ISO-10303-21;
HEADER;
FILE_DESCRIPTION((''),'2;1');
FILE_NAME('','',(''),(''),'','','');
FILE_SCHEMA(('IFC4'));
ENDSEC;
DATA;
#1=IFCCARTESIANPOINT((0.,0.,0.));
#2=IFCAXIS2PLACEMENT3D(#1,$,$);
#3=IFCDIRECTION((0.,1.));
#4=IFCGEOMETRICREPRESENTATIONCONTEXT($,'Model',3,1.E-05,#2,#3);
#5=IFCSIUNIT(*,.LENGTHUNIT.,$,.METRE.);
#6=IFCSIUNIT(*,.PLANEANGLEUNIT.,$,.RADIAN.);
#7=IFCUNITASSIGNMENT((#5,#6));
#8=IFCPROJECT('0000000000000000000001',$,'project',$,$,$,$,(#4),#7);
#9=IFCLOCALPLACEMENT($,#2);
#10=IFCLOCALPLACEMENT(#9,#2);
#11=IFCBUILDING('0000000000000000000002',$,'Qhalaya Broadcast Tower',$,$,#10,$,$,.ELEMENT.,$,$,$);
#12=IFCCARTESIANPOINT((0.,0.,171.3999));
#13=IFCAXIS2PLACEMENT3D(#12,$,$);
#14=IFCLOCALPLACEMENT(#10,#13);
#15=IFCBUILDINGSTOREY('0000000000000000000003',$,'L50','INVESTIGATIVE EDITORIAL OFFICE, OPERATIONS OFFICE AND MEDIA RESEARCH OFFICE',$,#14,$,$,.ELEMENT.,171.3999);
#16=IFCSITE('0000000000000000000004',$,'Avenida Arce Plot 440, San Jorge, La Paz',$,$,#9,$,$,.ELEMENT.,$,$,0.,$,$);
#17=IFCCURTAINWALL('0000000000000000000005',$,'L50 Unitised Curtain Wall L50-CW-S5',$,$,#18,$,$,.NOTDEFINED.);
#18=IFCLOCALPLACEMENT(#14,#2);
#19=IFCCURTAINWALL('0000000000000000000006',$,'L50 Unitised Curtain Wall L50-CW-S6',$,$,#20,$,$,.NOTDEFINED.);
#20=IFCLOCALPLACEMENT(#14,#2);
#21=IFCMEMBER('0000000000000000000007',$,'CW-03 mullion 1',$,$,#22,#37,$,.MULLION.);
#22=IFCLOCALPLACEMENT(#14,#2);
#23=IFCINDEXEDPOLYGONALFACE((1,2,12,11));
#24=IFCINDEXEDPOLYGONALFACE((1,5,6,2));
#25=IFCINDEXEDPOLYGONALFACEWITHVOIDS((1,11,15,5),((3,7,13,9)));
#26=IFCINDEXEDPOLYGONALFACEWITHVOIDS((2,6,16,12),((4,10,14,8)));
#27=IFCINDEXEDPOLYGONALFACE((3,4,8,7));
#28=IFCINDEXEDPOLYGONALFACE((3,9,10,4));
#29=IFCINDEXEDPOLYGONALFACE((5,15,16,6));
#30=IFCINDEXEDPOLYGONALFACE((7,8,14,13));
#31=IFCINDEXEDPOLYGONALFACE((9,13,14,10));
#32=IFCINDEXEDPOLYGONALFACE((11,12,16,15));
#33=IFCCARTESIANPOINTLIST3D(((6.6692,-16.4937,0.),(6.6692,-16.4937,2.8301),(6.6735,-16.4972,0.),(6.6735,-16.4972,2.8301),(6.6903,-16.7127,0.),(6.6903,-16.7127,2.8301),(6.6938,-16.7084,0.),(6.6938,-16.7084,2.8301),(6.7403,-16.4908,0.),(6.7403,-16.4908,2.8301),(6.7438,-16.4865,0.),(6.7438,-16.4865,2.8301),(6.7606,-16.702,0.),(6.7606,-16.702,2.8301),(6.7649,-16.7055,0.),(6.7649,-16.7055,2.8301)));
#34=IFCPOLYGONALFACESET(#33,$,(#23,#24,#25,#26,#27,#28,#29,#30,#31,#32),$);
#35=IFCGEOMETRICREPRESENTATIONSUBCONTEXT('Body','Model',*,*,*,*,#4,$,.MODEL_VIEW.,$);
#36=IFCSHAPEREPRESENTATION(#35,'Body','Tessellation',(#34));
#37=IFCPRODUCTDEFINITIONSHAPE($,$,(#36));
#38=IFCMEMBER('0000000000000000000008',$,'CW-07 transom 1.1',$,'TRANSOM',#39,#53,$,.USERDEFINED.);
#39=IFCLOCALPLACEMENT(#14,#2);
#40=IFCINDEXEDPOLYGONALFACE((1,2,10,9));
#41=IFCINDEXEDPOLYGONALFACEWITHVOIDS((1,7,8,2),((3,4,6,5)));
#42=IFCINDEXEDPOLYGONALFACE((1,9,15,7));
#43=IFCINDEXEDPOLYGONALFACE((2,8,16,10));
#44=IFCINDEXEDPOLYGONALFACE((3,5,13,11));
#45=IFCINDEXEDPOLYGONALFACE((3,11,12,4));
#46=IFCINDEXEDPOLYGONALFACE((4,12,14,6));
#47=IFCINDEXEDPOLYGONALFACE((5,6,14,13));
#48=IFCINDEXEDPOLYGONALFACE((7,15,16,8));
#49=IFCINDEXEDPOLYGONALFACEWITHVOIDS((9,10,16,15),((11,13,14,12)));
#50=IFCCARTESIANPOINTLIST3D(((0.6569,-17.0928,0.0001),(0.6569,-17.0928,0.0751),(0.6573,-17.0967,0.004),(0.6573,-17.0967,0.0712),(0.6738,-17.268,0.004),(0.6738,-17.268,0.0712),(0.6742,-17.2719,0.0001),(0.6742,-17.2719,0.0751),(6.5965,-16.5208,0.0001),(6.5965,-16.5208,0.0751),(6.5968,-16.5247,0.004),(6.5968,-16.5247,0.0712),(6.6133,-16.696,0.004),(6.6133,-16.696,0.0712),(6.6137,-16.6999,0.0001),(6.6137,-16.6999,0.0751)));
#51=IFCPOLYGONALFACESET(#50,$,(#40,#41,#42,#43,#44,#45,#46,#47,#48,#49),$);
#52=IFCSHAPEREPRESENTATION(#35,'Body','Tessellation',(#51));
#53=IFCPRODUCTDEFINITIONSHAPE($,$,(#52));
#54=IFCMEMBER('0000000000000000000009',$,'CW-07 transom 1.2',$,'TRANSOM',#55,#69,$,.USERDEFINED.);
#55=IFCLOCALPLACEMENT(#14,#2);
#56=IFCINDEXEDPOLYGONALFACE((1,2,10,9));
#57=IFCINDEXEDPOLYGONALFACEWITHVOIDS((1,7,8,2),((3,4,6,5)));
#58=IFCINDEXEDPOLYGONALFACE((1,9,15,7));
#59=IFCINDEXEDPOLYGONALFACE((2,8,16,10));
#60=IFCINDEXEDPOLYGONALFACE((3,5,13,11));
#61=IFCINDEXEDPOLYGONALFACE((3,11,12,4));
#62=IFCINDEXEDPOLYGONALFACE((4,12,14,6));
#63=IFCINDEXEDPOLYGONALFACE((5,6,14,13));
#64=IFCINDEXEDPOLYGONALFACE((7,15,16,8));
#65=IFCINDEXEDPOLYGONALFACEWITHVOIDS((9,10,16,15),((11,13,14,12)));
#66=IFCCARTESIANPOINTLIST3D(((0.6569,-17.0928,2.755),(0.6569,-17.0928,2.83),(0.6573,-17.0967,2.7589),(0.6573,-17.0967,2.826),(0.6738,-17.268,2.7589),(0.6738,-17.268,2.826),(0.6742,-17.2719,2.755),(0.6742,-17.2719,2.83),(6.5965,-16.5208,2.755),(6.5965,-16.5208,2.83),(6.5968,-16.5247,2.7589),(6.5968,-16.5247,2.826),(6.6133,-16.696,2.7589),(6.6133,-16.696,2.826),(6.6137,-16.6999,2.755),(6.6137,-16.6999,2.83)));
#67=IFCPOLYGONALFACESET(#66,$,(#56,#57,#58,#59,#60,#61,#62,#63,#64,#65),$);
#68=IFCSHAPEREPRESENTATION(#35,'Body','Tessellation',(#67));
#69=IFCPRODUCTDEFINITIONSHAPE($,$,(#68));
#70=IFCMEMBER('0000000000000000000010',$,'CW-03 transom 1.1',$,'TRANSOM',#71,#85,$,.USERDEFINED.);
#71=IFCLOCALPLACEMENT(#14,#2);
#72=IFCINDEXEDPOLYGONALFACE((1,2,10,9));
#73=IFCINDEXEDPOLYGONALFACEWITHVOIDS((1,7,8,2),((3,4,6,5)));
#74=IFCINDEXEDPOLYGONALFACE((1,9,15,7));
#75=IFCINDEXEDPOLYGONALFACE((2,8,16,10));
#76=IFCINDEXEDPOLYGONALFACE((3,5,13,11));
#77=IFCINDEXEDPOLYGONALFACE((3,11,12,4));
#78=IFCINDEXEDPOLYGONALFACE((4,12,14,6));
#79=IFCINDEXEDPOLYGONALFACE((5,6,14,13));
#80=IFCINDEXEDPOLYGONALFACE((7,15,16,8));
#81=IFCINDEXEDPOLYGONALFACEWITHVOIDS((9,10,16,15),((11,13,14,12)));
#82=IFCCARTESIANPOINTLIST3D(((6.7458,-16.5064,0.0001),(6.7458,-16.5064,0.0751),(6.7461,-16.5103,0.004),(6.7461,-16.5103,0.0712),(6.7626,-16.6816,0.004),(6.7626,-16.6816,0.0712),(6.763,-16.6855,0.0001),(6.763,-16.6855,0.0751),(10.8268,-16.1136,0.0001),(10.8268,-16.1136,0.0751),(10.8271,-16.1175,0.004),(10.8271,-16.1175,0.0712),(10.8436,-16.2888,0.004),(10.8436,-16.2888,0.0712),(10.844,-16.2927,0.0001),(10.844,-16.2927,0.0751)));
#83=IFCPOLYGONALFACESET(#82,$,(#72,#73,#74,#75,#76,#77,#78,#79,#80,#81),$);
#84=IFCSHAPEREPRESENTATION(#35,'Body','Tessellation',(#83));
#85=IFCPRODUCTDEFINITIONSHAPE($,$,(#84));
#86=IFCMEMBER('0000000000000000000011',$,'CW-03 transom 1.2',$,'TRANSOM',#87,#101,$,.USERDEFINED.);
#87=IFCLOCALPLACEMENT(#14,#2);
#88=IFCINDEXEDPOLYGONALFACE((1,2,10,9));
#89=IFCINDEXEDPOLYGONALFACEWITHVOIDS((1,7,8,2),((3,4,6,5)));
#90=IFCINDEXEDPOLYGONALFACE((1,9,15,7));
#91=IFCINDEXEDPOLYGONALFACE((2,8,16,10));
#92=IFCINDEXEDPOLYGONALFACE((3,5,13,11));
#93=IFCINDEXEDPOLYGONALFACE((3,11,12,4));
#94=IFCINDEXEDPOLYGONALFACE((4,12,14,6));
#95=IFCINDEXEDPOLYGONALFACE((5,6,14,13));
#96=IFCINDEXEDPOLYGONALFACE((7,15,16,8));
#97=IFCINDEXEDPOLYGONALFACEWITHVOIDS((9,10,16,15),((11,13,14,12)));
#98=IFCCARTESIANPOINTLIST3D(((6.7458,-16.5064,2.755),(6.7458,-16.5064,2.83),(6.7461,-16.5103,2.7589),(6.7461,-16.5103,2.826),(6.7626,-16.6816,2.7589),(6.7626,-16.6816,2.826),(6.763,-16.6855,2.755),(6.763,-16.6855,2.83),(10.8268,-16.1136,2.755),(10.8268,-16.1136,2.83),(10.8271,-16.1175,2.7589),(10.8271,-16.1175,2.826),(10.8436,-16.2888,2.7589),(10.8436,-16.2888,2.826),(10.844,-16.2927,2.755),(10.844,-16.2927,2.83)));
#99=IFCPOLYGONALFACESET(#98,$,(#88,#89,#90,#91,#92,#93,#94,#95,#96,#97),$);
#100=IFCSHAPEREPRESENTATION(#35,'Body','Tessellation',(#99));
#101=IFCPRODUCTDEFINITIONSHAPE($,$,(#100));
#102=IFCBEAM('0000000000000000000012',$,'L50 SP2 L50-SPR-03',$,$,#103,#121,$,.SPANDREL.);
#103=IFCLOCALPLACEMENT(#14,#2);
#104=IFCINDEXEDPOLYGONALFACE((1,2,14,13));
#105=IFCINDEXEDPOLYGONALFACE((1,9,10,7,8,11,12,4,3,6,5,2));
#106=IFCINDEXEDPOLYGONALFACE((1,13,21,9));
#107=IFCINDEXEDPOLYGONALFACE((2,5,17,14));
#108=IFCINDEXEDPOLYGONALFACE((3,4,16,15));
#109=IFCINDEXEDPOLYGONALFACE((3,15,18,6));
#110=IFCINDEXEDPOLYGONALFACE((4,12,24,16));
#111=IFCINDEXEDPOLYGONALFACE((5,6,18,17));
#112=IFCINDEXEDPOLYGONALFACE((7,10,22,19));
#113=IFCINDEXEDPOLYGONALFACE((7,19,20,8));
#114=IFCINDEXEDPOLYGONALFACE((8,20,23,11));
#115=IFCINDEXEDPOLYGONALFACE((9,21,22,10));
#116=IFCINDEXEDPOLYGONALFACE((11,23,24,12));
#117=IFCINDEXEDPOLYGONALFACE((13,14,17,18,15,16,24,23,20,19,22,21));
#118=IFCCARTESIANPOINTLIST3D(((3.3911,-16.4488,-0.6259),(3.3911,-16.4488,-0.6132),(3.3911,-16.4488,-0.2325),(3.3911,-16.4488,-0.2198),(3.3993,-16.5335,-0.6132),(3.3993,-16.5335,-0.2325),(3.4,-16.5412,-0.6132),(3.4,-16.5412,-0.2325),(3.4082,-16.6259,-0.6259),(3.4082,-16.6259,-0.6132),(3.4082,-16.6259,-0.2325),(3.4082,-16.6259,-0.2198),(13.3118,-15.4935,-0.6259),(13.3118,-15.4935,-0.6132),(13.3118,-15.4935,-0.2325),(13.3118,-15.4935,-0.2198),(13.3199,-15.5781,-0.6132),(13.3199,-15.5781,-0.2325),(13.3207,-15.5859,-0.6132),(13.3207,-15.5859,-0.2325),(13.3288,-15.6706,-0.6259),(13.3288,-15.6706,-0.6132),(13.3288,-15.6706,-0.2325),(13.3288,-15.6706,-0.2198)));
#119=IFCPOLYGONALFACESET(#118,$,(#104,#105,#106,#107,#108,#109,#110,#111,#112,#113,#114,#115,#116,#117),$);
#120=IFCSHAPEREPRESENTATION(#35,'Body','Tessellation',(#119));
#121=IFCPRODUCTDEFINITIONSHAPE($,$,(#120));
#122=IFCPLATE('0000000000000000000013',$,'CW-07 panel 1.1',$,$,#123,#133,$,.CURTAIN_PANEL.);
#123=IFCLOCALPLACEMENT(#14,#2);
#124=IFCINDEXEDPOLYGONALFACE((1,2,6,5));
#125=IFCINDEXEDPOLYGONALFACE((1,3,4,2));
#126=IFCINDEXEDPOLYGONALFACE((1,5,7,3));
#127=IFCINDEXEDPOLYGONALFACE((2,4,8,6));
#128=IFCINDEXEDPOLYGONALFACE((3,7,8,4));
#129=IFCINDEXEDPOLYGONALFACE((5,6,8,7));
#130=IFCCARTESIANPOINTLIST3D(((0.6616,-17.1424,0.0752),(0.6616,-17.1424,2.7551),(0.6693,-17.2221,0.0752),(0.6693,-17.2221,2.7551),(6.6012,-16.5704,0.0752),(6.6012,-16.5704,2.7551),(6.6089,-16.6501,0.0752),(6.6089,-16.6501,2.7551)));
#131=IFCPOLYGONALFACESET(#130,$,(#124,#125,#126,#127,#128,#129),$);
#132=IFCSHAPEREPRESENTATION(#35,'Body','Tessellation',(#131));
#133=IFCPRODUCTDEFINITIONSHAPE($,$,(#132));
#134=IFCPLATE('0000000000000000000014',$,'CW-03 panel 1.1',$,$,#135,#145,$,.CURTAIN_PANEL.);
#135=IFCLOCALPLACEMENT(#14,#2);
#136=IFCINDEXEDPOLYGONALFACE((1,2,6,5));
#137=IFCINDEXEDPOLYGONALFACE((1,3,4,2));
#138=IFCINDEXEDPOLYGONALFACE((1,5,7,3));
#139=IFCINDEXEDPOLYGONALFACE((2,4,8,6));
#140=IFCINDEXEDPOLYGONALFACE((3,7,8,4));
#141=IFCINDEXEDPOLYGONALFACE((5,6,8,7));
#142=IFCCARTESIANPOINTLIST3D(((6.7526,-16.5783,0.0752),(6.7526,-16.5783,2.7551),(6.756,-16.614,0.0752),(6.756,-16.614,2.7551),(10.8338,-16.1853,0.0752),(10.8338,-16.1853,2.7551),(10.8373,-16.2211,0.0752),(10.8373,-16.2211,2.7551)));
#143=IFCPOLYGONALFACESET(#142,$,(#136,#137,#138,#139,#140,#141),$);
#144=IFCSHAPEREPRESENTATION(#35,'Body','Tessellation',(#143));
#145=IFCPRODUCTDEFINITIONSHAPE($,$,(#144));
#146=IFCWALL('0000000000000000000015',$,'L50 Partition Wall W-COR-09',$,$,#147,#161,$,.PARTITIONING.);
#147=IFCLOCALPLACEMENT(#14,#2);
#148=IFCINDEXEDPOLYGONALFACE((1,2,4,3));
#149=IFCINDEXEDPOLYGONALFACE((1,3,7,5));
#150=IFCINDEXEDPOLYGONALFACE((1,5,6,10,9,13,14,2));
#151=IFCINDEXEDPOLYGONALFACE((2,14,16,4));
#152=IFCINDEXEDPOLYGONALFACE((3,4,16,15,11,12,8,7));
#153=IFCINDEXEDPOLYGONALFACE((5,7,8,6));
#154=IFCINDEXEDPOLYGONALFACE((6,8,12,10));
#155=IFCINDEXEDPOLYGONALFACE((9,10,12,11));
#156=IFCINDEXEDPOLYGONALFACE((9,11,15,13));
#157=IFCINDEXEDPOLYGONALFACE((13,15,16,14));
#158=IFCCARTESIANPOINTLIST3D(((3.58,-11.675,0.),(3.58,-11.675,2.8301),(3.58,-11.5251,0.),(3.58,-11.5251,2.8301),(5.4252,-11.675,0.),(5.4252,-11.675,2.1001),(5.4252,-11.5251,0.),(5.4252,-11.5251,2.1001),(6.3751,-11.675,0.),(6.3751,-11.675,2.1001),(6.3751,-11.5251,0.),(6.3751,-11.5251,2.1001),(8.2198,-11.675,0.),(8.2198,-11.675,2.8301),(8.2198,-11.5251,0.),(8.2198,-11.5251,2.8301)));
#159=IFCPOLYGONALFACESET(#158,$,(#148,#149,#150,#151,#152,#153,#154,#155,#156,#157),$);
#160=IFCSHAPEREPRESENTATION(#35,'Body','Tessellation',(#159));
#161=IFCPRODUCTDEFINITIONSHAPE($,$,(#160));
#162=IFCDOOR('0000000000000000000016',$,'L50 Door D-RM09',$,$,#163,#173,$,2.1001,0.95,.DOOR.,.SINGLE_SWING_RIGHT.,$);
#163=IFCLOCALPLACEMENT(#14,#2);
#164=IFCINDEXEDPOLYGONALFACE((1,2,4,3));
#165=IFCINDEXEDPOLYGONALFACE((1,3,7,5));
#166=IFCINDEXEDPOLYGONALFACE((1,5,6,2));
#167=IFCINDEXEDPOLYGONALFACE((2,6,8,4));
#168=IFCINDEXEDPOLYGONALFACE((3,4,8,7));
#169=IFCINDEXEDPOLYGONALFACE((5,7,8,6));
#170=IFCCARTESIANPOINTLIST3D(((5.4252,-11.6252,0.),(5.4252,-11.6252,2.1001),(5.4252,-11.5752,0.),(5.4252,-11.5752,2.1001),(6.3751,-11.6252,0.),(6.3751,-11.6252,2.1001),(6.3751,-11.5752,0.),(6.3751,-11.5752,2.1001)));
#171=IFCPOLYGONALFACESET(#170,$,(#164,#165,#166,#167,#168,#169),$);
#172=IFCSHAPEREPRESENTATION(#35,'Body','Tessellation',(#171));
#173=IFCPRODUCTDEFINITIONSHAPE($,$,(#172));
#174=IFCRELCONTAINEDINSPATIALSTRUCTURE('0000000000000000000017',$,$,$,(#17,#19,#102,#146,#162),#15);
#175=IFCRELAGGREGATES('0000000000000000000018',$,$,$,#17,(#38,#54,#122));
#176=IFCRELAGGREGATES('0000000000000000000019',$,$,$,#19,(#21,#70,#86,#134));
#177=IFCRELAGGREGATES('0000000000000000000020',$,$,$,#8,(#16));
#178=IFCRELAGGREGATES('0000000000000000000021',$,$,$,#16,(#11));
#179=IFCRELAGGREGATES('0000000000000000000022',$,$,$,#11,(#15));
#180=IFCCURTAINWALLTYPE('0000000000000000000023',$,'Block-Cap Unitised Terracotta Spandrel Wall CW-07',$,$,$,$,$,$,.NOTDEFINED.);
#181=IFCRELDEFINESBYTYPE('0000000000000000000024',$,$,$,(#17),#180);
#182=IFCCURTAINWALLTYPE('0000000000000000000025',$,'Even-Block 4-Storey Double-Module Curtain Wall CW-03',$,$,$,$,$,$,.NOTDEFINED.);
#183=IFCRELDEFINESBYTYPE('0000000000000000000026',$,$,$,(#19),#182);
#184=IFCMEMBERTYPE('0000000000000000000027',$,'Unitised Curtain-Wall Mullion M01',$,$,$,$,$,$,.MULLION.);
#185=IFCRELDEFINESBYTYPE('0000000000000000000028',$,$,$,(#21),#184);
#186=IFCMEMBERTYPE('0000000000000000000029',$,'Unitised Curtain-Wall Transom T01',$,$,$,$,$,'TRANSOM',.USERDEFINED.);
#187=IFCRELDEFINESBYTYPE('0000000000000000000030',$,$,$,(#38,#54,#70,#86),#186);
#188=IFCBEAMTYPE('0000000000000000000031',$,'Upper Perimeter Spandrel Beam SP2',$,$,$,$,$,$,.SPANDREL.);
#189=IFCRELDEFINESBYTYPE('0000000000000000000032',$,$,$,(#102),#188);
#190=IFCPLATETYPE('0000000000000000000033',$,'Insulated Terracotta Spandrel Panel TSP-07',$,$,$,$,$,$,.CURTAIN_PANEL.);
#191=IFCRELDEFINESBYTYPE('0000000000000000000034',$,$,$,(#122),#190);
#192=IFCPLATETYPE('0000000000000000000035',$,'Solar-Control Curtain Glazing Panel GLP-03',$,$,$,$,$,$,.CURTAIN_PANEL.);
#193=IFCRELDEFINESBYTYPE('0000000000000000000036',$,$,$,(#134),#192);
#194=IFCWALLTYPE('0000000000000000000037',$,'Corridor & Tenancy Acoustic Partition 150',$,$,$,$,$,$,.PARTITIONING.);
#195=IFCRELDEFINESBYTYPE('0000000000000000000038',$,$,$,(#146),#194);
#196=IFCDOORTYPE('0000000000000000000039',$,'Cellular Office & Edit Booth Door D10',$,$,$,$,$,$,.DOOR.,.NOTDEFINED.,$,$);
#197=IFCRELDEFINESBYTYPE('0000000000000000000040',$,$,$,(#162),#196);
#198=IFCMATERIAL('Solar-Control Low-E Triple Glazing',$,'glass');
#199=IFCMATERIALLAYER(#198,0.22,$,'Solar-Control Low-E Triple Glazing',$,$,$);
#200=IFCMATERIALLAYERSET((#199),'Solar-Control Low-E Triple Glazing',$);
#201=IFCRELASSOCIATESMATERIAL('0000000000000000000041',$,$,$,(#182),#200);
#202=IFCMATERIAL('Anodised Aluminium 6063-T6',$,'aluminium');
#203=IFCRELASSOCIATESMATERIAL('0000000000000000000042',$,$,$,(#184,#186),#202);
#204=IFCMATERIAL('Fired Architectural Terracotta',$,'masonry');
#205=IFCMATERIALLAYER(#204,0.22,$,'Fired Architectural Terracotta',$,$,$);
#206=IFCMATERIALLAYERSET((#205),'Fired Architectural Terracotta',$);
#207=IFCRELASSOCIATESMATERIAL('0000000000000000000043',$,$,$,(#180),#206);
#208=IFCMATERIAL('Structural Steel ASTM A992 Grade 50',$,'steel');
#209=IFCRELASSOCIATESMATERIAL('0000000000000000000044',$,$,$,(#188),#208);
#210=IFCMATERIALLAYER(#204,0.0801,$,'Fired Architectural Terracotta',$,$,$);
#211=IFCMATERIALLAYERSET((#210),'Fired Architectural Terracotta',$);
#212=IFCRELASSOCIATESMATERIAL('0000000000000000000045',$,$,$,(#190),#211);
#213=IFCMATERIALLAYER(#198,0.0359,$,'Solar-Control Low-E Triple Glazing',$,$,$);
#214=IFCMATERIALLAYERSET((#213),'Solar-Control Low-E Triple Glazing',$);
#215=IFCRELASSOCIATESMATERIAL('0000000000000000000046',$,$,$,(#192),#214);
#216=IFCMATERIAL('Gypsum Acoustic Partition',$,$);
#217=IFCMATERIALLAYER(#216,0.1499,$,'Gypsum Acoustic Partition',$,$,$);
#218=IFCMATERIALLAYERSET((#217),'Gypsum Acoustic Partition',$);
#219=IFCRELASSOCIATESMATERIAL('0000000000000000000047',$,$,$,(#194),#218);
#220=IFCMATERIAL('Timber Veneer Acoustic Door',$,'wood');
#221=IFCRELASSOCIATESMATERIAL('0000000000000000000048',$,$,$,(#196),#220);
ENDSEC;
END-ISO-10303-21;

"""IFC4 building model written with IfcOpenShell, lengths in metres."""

from ifc_helpers import new_model, si_unit, direction, frame, frame_2d, origin, origin_2d, place, context, subcontext, project, spatial, rectangle, hollow_rectangle, i_section, extrude, material, layer, layer_set, material_profile, profile_set, type_object, element, fill, aggregate, save


model = new_model("IFC4")

# Units and contexts
model_context = context("Model", 3, precision=1e-05, world=origin(), true_north=direction((0.0, 1.0)))
body_context = subcontext(model_context, "Body", "Model", "MODEL_VIEW")
ifc_project = project(units=[si_unit("LENGTHUNIT", "METRE"), si_unit("PLANEANGLEUNIT", "RADIAN")], contexts=[model_context])

# Site, building, storey
site_placement = place(None, origin())
site = spatial("IfcSite", under=ifc_project, at=site_placement, Name="Avenida Arce Plot 440, San Jorge, La Paz", CompositionType="ELEMENT", RefElevation=0.0)
building_placement = place(site_placement, origin())
building = spatial("IfcBuilding", under=site, at=building_placement, Name="Qhalaya Broadcast Tower", CompositionType="ELEMENT")
storey_placement = place(building_placement, frame((0.0, 0.0, 171.3999)))
storey = spatial("IfcBuildingStorey", under=building, at=storey_placement, Name="L50", Description="INVESTIGATIVE EDITORIAL OFFICE, OPERATIONS OFFICE AND MEDIA RESEARCH OFFICE", CompositionType="ELEMENT", Elevation=171.3999)

# Shared definitions
ifc_material_1 = material(Name="Structural Steel ASTM A992 Grade 50", Category="steel")

# Shared definitions
ifc_material_2 = material(Name="Solar-Control Low-E Triple Glazing", Category="glass")
ifc_layer_1 = layer(ifc_material_2, 0.22, Name="Solar-Control Low-E Triple Glazing")
ifc_layer_set_1 = layer_set([ifc_layer_1], Name="Solar-Control Low-E Triple Glazing")
curtain_wall_type_1 = type_object("IfcCurtainWallType", Name="Even-Block 4-Storey Double-Module Curtain Wall CW-03", PredefinedType="NOTDEFINED", material=ifc_layer_set_1)
ifc_material_3 = material(Name="Anodised Aluminium 6063-T6", Category="aluminium")
ifc_material_profile_1 = material_profile(ifc_material_3, hollow_rectangle(XDim=0.075, YDim=0.22, WallThickness=0.0039, at=origin_2d()), Name="ALU-MUL 75x220x4")
ifc_profile_set_1 = profile_set([ifc_material_profile_1], Name="Anodised Aluminium 6063-T6")
member_type_1 = type_object("IfcMemberType", Name="Unitised Curtain-Wall Mullion M01", PredefinedType="MULLION", material=ifc_profile_set_1)

# Curtain wall
ifc_material_4 = material(Name="Fired Architectural Terracotta", Category="masonry")
ifc_layer_2 = layer(ifc_material_4, 0.22, Name="Fired Architectural Terracotta")
ifc_layer_set_2 = layer_set([ifc_layer_2], Name="Fired Architectural Terracotta")
curtain_wall_type_2 = type_object("IfcCurtainWallType", Name="Block-Cap Unitised Terracotta Spandrel Wall CW-07", PredefinedType="NOTDEFINED", material=ifc_layer_set_2)
curtain_wall_1_placement = place(storey_placement, origin())
curtain_wall_1 = element("IfcCurtainWall", 1, at=curtain_wall_1_placement, inside=storey, type_object=curtain_wall_type_2, Name="L50 Unitised Curtain Wall L50-CW-S5", PredefinedType="NOTDEFINED")

# Curtain wall, member
curtain_wall_2_placement = place(storey_placement, origin())
curtain_wall_2 = element("IfcCurtainWall", 2, at=curtain_wall_2_placement, inside=storey, type_object=curtain_wall_type_1, Name="L50 Unitised Curtain Wall L50-CW-S6", PredefinedType="NOTDEFINED")
member_1_placement = place(storey_placement, frame((6.717, -16.5996, 0.0), z_axis=(0.0, 0.0, 1.0), x_axis=(0.995397, 0.095834, 0.0)))
member_1 = element("IfcMember", 3, at=member_1_placement, type_object=member_type_1, Name="CW-03 mullion 1", PredefinedType="MULLION", context=body_context, shape_type="SweptSolid", body=[
    extrude(hollow_rectangle(XDim=0.075, YDim=0.22, WallThickness=0.0039, at=origin_2d()), origin(), (0.0, 0.0, 1.0), 2.8301),
])

# Members
ifc_material_profile_2 = material_profile(ifc_material_3, hollow_rectangle(XDim=0.075, YDim=0.1799, WallThickness=0.0039, at=origin_2d()), Name="ALU-TRN 75x180x4")
ifc_profile_set_2 = profile_set([ifc_material_profile_2], Name="Anodised Aluminium 6063-T6")
member_type_2 = type_object("IfcMemberType", Name="Unitised Curtain-Wall Transom T01", ElementType="TRANSOM", PredefinedType="USERDEFINED", material=ifc_profile_set_2)
member_2_placement = place(storey_placement, frame((0.6655, -17.1824, 0.0376), z_axis=(0.995394, 0.095865, 0.0), x_axis=(0.0, 0.0, 1.0)))
member_2 = element("IfcMember", 4, at=member_2_placement, type_object=member_type_2, Name="CW-07 transom 1.1", ObjectType="TRANSOM", PredefinedType="USERDEFINED", context=body_context, shape_type="SweptSolid", body=[
    extrude(hollow_rectangle(XDim=0.075, YDim=0.1799, WallThickness=0.0039, at=origin_2d()), origin(), (0.0, 0.0, 1.0), 5.967),
])
member_3_placement = place(storey_placement, frame((0.6655, -17.1824, 2.7925), z_axis=(0.995394, 0.095865, 0.0), x_axis=(0.0, 0.0, 1.0)))
member_3 = element("IfcMember", 5, at=member_3_placement, type_object=member_type_2, Name="CW-07 transom 1.2", ObjectType="TRANSOM", PredefinedType="USERDEFINED", context=body_context, shape_type="SweptSolid", body=[
    extrude(hollow_rectangle(XDim=0.075, YDim=0.1799, WallThickness=0.0039, at=origin_2d()), origin(), (0.0, 0.0, 1.0), 5.967),
])
member_4_placement = place(storey_placement, frame((6.7544, -16.5959, 0.0376), z_axis=(0.995399, 0.095812, 0.0), x_axis=(0.0, 0.0, 1.0)))
member_4 = element("IfcMember", 6, at=member_4_placement, type_object=member_type_2, Name="CW-03 transom 1.1", ObjectType="TRANSOM", PredefinedType="USERDEFINED", context=body_context, shape_type="SweptSolid", body=[
    extrude(hollow_rectangle(XDim=0.075, YDim=0.1799, WallThickness=0.0039, at=origin_2d()), origin(), (0.0, 0.0, 1.0), 4.0999),
])
member_5_placement = place(storey_placement, frame((6.7544, -16.5959, 2.7925), z_axis=(0.995399, 0.095812, 0.0), x_axis=(0.0, 0.0, 1.0)))
member_5 = element("IfcMember", 7, at=member_5_placement, type_object=member_type_2, Name="CW-03 transom 1.2", ObjectType="TRANSOM", PredefinedType="USERDEFINED", context=body_context, shape_type="SweptSolid", body=[
    extrude(hollow_rectangle(XDim=0.075, YDim=0.1799, WallThickness=0.0039, at=origin_2d()), origin(), (0.0, 0.0, 1.0), 4.0999),
])

# Beam
ifc_material_profile_3 = material_profile(ifc_material_1, i_section(OverallWidth=0.178, OverallDepth=0.406, WebThickness=0.0078, FlangeThickness=0.0127, at=origin_2d()), Name="W16X40")
ifc_profile_set_3 = profile_set([ifc_material_profile_3], Name="Structural Steel ASTM A992 Grade 50")
beam_type_1 = type_object("IfcBeamType", Name="Upper Perimeter Spandrel Beam SP2", PredefinedType="SPANDREL", material=ifc_profile_set_3)
beam_1_placement = place(storey_placement, frame((3.3997, -16.5374, -0.4229), z_axis=(0.995396, 0.095853, 0.0), x_axis=(-0.095853, 0.995396, 0.0)))
element("IfcBeam", 8, at=beam_1_placement, inside=storey, type_object=beam_type_1, Name="L50 SP2 L50-SPR-03", PredefinedType="SPANDREL", context=body_context, shape_type="SweptSolid", body=[
    extrude(i_section(OverallWidth=0.178, OverallDepth=0.406, WebThickness=0.0078, FlangeThickness=0.0127, at=origin_2d()), origin(), (0.0, 0.0, 1.0), 9.9666),
])

# Plates
ifc_layer_3 = layer(ifc_material_4, 0.0801, Name="Fired Architectural Terracotta")
ifc_layer_set_3 = layer_set([ifc_layer_3], Name="Fired Architectural Terracotta")
plate_type_1 = type_object("IfcPlateType", Name="Insulated Terracotta Spandrel Panel TSP-07", PredefinedType="CURTAIN_PANEL", material=ifc_layer_set_3)
plate_1_placement = place(storey_placement, frame((3.6353, -16.8962, 0.0752), z_axis=(0.0, 0.0, 1.0), x_axis=(0.995396, 0.095848, 0.0)))
plate_1 = element("IfcPlate", 9, at=plate_1_placement, type_object=plate_type_1, Name="CW-07 panel 1.1", PredefinedType="CURTAIN_PANEL", context=body_context, shape_type="SweptSolid", body=[
    extrude(rectangle(XDim=5.967, YDim=0.0801, at=origin_2d()), origin(), (0.0, 0.0, 1.0), 2.6799),
])
aggregate(curtain_wall_1, [member_2, member_3, plate_1])
ifc_layer_4 = layer(ifc_material_2, 0.0359, Name="Solar-Control Low-E Triple Glazing")
ifc_layer_set_4 = layer_set([ifc_layer_4], Name="Solar-Control Low-E Triple Glazing")
plate_type_2 = type_object("IfcPlateType", Name="Solar-Control Curtain Glazing Panel GLP-03", PredefinedType="CURTAIN_PANEL", material=ifc_layer_set_4)
plate_2_placement = place(storey_placement, frame((8.7949, -16.3997, 0.0752), z_axis=(0.0, 0.0, 1.0), x_axis=(0.995397, 0.095834, 0.0)))
plate_2 = element("IfcPlate", 10, at=plate_2_placement, type_object=plate_type_2, Name="CW-03 panel 1.1", PredefinedType="CURTAIN_PANEL", context=body_context, shape_type="SweptSolid", body=[
    extrude(rectangle(XDim=4.1001, YDim=0.0359, at=origin_2d()), origin(), (0.0, 0.0, 1.0), 2.6799),
])
aggregate(curtain_wall_2, [member_1, member_4, member_5, plate_2])

# Wall, opening, door
ifc_material_5 = material(Name="Gypsum Acoustic Partition")
ifc_layer_5 = layer(ifc_material_5, 0.1499, Name="Gypsum Acoustic Partition")
ifc_layer_set_5 = layer_set([ifc_layer_5], Name="Gypsum Acoustic Partition")
wall_type_1 = type_object("IfcWallType", Name="Corridor & Tenancy Acoustic Partition 150", PredefinedType="PARTITIONING", material=ifc_layer_set_5)
wall_1_placement = place(storey_placement, frame((3.5801, -11.6001, 0.0), z_axis=(0.0, 0.0, 1.0), x_axis=(1.0, 0.0, 0.0)))
wall_1 = element("IfcWall", 11, at=wall_1_placement, inside=storey, type_object=wall_type_1, Name="L50 Partition Wall W-COR-09", PredefinedType="PARTITIONING", context=body_context, shape_type="SweptSolid", body=[
    extrude(rectangle(XDim=4.6399, YDim=0.1499, at=frame_2d((2.3198, 0.0))), origin(), (0.0, 0.0, 1.0), 2.8301),
])
opening_placement = place(wall_1_placement, frame((1.845, 0.0, 0.0)))
opening = element("IfcOpeningElement", 12, at=opening_placement, cuts=wall_1, PredefinedType="OPENING", context=body_context, shape_type="SweptSolid", body=[
    extrude(rectangle(XDim=0.95, YDim=2.1001, at=frame_2d((0.4751, 1.05))), frame((0.0, 0.0869, 0.0), z_axis=(0.0, -1.0, 0.0), x_axis=(1.0, 0.0, 0.0)), (0.0, 0.0, 1.0), 0.1738),
])
ifc_material_6 = material(Name="Timber Veneer Acoustic Door", Category="wood")
door_type = type_object("IfcDoorType", Name="Cellular Office & Edit Booth Door D10", OperationType="NOTDEFINED", PredefinedType="DOOR", material=ifc_material_6)
door_placement = place(opening_placement, origin())
door = element("IfcDoor", 13, at=door_placement, inside=storey, type_object=door_type, Name="L50 Door D-RM09", OperationType="SINGLE_SWING_RIGHT", OverallHeight=2.1001, OverallWidth=0.95, PredefinedType="DOOR", context=body_context, shape_type="SweptSolid", body=[
    extrude(rectangle(XDim=0.95, YDim=2.1001, at=frame_2d((0.4751, 1.05))), frame((0.0, 0.0249, 0.0), z_axis=(0.0, -1.0, 0.0), x_axis=(1.0, 0.0, 0.0)), (0.0, 0.0, 1.0), 0.05),
])
fill(opening, door)

save(model, "model.ifc")
